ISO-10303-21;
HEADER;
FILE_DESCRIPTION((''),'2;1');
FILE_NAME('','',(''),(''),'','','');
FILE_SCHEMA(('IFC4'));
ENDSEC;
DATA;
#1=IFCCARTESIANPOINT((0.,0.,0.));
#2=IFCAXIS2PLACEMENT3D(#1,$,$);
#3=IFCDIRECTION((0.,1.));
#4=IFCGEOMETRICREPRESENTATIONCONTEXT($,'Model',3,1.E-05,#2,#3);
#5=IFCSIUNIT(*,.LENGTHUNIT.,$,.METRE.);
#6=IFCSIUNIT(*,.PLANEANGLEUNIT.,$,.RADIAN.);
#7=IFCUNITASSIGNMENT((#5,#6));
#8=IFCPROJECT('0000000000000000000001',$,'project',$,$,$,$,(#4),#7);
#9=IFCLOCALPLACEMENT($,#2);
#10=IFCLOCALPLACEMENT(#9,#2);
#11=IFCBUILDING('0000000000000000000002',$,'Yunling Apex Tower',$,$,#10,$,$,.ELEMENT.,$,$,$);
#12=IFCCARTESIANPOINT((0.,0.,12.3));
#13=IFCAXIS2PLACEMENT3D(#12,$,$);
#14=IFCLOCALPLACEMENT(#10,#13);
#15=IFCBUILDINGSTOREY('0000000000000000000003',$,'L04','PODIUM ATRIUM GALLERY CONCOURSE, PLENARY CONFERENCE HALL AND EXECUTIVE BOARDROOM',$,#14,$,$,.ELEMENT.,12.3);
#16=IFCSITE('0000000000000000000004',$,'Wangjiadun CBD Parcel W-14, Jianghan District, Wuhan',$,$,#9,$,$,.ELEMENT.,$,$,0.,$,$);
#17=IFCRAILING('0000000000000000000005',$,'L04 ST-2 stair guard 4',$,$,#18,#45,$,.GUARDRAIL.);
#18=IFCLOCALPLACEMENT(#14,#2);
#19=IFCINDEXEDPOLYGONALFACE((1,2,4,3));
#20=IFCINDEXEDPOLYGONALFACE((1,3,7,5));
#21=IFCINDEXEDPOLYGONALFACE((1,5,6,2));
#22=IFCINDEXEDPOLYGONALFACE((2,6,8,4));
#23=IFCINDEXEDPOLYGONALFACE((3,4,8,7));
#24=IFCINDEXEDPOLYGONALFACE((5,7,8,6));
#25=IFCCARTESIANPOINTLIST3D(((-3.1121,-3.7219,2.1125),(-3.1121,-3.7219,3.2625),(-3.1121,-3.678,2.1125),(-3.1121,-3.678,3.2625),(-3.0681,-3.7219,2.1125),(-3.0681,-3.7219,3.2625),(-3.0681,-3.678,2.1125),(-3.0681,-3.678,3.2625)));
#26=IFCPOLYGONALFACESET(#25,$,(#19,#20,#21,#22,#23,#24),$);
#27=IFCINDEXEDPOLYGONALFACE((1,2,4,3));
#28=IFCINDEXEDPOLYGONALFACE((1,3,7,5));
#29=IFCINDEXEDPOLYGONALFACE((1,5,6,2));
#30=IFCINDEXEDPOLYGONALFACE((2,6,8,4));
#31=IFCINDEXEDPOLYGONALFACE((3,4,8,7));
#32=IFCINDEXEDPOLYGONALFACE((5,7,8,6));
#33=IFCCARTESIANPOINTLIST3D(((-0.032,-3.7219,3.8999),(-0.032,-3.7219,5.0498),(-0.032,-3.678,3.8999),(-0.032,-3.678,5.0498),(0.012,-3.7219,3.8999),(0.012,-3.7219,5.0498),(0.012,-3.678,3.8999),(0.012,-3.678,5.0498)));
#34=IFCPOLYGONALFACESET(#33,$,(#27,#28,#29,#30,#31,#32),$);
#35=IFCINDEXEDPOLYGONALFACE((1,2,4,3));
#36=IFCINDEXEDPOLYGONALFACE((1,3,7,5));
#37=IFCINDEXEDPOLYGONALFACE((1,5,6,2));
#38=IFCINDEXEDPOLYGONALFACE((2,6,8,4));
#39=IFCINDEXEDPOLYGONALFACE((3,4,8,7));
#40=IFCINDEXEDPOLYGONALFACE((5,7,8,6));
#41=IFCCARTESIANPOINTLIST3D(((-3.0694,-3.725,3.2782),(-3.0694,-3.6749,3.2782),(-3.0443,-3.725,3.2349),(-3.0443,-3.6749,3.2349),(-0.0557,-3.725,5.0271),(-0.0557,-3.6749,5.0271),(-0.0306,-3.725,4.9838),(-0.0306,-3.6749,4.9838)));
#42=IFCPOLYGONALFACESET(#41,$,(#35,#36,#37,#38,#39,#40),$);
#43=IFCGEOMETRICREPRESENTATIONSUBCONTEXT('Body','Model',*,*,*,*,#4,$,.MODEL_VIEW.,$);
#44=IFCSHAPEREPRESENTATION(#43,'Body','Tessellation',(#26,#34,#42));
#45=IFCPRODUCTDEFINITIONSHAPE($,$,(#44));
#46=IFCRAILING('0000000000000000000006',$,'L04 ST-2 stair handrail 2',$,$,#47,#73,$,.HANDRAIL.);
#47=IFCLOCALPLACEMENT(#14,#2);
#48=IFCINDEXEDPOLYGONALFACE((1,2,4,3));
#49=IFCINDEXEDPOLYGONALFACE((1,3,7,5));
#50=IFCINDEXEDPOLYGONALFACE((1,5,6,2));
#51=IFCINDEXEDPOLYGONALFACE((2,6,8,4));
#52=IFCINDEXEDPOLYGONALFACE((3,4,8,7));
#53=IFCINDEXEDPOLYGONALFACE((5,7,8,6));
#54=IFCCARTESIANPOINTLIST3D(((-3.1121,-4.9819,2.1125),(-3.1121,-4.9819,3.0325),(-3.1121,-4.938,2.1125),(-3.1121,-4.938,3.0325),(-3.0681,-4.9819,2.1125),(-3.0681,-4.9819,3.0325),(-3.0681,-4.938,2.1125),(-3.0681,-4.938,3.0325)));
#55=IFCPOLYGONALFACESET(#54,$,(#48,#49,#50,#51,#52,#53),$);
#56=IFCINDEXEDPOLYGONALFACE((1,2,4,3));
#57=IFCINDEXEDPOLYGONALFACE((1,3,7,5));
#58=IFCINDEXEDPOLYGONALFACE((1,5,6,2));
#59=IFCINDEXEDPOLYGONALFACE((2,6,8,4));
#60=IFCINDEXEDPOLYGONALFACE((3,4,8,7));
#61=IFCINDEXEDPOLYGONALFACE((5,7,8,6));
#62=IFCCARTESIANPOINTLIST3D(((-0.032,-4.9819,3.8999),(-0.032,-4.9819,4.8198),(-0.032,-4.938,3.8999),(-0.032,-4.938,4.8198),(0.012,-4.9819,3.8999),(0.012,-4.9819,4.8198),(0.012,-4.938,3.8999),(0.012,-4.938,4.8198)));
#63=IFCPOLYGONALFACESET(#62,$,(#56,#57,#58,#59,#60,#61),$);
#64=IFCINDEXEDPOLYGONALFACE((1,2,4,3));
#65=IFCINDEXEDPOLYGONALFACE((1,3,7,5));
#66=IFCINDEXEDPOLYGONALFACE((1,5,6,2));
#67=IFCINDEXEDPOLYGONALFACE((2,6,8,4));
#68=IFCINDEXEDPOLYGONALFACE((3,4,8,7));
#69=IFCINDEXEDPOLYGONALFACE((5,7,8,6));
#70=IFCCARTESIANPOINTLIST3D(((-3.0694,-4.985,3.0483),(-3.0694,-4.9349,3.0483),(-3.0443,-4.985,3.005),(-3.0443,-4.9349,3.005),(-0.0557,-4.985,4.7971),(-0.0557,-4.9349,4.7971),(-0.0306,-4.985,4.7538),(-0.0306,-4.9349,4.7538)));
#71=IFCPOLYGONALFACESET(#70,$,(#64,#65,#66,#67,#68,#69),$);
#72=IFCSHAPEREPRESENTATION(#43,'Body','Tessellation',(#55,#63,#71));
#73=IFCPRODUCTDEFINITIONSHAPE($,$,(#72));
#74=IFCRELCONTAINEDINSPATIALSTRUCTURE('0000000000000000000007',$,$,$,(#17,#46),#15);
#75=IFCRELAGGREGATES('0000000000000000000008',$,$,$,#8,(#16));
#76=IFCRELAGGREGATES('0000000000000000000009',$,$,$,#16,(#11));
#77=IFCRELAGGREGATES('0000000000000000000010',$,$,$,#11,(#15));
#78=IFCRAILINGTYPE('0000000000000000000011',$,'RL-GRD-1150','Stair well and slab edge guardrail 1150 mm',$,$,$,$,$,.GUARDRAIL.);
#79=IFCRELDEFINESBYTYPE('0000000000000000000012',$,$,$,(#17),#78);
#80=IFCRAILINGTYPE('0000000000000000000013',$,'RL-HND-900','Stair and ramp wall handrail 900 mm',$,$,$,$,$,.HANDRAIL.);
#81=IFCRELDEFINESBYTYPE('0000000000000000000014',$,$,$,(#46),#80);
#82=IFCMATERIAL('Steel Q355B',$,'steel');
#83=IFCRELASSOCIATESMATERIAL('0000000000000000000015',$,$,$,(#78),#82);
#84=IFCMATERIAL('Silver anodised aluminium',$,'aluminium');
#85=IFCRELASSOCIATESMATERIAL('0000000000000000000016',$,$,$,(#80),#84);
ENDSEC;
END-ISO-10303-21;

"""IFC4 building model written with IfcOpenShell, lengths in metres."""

from ifc_helpers import new_model, si_unit, direction, frame, origin, origin_2d, place, context, subcontext, project, spatial, rectangle, extrude, material, type_object, element, save


model = new_model("IFC4")

# Units and contexts
model_context = context("Model", 3, precision=1e-05, world=origin(), true_north=direction((0.0, 1.0)))
body_context = subcontext(model_context, "Body", "Model", "MODEL_VIEW")
ifc_project = project(units=[si_unit("LENGTHUNIT", "METRE"), si_unit("PLANEANGLEUNIT", "RADIAN")], contexts=[model_context])

# Site, building, storey
site_placement = place(None, origin())
site = spatial("IfcSite", under=ifc_project, at=site_placement, Name="Wangjiadun CBD Parcel W-14, Jianghan District, Wuhan", CompositionType="ELEMENT", RefElevation=0.0)
building_placement = place(site_placement, origin())
building = spatial("IfcBuilding", under=site, at=building_placement, Name="Yunling Apex Tower", CompositionType="ELEMENT")
storey_placement = place(building_placement, frame((0.0, 0.0, 12.3)))
storey = spatial("IfcBuildingStorey", under=building, at=storey_placement, Name="L04", Description="PODIUM ATRIUM GALLERY CONCOURSE, PLENARY CONFERENCE HALL AND EXECUTIVE BOARDROOM", CompositionType="ELEMENT", Elevation=12.3)

# Shared definitions
ifc_material_1 = material(Name="Steel Q355B", Category="steel")

# Railings
railing_type_1 = type_object("IfcRailingType", Name="RL-GRD-1150", Description="Stair well and slab edge guardrail 1150 mm", PredefinedType="GUARDRAIL", material=ifc_material_1)
railing_1_placement = place(storey_placement, frame((-3.0901, -3.7, 2.1125)))
element("IfcRailing", 1, at=railing_1_placement, inside=storey, type_object=railing_type_1, Name="L04 ST-2 stair guard 4", PredefinedType="GUARDRAIL", context=body_context, shape_type="SweptSolid", body=[
    extrude(rectangle(XDim=0.0439, YDim=0.0439, at=origin_2d()), origin(), (0.0, 0.0, 1.0), 1.1499),
    extrude(rectangle(XDim=0.0439, YDim=0.0439, at=origin_2d()), frame((3.0801, 0.0, 1.7874)), (0.0, 0.0, 1.0), 1.1499),
    extrude(rectangle(XDim=0.05, YDim=0.05, at=origin_2d()), frame((0.0332, 0.0, 1.144), z_axis=(0.86492, 0.0, 0.501909), x_axis=(0.0, 1.0, 0.0)), (0.0, 0.0, 1.0), 3.4844),
])
ifc_material_2 = material(Name="Silver anodised aluminium", Category="aluminium")
railing_type_2 = type_object("IfcRailingType", Name="RL-HND-900", Description="Stair and ramp wall handrail 900 mm", PredefinedType="HANDRAIL", material=ifc_material_2)
railing_2_placement = place(storey_placement, frame((-3.0901, -4.96, 2.1125)))
element("IfcRailing", 2, at=railing_2_placement, inside=storey, type_object=railing_type_2, Name="L04 ST-2 stair handrail 2", PredefinedType="HANDRAIL", context=body_context, shape_type="SweptSolid", body=[
    extrude(rectangle(XDim=0.0439, YDim=0.0439, at=origin_2d()), origin(), (0.0, 0.0, 1.0), 0.9199),
    extrude(rectangle(XDim=0.0439, YDim=0.0439, at=origin_2d()), frame((3.0801, 0.0, 1.7874)), (0.0, 0.0, 1.0), 0.9199),
    extrude(rectangle(XDim=0.05, YDim=0.05, at=origin_2d()), frame((0.0332, 0.0, 0.9141), z_axis=(0.86492, 0.0, 0.501909), x_axis=(0.0, 1.0, 0.0)), (0.0, 0.0, 1.0), 3.4844),
])

save(model, "model.ifc")
